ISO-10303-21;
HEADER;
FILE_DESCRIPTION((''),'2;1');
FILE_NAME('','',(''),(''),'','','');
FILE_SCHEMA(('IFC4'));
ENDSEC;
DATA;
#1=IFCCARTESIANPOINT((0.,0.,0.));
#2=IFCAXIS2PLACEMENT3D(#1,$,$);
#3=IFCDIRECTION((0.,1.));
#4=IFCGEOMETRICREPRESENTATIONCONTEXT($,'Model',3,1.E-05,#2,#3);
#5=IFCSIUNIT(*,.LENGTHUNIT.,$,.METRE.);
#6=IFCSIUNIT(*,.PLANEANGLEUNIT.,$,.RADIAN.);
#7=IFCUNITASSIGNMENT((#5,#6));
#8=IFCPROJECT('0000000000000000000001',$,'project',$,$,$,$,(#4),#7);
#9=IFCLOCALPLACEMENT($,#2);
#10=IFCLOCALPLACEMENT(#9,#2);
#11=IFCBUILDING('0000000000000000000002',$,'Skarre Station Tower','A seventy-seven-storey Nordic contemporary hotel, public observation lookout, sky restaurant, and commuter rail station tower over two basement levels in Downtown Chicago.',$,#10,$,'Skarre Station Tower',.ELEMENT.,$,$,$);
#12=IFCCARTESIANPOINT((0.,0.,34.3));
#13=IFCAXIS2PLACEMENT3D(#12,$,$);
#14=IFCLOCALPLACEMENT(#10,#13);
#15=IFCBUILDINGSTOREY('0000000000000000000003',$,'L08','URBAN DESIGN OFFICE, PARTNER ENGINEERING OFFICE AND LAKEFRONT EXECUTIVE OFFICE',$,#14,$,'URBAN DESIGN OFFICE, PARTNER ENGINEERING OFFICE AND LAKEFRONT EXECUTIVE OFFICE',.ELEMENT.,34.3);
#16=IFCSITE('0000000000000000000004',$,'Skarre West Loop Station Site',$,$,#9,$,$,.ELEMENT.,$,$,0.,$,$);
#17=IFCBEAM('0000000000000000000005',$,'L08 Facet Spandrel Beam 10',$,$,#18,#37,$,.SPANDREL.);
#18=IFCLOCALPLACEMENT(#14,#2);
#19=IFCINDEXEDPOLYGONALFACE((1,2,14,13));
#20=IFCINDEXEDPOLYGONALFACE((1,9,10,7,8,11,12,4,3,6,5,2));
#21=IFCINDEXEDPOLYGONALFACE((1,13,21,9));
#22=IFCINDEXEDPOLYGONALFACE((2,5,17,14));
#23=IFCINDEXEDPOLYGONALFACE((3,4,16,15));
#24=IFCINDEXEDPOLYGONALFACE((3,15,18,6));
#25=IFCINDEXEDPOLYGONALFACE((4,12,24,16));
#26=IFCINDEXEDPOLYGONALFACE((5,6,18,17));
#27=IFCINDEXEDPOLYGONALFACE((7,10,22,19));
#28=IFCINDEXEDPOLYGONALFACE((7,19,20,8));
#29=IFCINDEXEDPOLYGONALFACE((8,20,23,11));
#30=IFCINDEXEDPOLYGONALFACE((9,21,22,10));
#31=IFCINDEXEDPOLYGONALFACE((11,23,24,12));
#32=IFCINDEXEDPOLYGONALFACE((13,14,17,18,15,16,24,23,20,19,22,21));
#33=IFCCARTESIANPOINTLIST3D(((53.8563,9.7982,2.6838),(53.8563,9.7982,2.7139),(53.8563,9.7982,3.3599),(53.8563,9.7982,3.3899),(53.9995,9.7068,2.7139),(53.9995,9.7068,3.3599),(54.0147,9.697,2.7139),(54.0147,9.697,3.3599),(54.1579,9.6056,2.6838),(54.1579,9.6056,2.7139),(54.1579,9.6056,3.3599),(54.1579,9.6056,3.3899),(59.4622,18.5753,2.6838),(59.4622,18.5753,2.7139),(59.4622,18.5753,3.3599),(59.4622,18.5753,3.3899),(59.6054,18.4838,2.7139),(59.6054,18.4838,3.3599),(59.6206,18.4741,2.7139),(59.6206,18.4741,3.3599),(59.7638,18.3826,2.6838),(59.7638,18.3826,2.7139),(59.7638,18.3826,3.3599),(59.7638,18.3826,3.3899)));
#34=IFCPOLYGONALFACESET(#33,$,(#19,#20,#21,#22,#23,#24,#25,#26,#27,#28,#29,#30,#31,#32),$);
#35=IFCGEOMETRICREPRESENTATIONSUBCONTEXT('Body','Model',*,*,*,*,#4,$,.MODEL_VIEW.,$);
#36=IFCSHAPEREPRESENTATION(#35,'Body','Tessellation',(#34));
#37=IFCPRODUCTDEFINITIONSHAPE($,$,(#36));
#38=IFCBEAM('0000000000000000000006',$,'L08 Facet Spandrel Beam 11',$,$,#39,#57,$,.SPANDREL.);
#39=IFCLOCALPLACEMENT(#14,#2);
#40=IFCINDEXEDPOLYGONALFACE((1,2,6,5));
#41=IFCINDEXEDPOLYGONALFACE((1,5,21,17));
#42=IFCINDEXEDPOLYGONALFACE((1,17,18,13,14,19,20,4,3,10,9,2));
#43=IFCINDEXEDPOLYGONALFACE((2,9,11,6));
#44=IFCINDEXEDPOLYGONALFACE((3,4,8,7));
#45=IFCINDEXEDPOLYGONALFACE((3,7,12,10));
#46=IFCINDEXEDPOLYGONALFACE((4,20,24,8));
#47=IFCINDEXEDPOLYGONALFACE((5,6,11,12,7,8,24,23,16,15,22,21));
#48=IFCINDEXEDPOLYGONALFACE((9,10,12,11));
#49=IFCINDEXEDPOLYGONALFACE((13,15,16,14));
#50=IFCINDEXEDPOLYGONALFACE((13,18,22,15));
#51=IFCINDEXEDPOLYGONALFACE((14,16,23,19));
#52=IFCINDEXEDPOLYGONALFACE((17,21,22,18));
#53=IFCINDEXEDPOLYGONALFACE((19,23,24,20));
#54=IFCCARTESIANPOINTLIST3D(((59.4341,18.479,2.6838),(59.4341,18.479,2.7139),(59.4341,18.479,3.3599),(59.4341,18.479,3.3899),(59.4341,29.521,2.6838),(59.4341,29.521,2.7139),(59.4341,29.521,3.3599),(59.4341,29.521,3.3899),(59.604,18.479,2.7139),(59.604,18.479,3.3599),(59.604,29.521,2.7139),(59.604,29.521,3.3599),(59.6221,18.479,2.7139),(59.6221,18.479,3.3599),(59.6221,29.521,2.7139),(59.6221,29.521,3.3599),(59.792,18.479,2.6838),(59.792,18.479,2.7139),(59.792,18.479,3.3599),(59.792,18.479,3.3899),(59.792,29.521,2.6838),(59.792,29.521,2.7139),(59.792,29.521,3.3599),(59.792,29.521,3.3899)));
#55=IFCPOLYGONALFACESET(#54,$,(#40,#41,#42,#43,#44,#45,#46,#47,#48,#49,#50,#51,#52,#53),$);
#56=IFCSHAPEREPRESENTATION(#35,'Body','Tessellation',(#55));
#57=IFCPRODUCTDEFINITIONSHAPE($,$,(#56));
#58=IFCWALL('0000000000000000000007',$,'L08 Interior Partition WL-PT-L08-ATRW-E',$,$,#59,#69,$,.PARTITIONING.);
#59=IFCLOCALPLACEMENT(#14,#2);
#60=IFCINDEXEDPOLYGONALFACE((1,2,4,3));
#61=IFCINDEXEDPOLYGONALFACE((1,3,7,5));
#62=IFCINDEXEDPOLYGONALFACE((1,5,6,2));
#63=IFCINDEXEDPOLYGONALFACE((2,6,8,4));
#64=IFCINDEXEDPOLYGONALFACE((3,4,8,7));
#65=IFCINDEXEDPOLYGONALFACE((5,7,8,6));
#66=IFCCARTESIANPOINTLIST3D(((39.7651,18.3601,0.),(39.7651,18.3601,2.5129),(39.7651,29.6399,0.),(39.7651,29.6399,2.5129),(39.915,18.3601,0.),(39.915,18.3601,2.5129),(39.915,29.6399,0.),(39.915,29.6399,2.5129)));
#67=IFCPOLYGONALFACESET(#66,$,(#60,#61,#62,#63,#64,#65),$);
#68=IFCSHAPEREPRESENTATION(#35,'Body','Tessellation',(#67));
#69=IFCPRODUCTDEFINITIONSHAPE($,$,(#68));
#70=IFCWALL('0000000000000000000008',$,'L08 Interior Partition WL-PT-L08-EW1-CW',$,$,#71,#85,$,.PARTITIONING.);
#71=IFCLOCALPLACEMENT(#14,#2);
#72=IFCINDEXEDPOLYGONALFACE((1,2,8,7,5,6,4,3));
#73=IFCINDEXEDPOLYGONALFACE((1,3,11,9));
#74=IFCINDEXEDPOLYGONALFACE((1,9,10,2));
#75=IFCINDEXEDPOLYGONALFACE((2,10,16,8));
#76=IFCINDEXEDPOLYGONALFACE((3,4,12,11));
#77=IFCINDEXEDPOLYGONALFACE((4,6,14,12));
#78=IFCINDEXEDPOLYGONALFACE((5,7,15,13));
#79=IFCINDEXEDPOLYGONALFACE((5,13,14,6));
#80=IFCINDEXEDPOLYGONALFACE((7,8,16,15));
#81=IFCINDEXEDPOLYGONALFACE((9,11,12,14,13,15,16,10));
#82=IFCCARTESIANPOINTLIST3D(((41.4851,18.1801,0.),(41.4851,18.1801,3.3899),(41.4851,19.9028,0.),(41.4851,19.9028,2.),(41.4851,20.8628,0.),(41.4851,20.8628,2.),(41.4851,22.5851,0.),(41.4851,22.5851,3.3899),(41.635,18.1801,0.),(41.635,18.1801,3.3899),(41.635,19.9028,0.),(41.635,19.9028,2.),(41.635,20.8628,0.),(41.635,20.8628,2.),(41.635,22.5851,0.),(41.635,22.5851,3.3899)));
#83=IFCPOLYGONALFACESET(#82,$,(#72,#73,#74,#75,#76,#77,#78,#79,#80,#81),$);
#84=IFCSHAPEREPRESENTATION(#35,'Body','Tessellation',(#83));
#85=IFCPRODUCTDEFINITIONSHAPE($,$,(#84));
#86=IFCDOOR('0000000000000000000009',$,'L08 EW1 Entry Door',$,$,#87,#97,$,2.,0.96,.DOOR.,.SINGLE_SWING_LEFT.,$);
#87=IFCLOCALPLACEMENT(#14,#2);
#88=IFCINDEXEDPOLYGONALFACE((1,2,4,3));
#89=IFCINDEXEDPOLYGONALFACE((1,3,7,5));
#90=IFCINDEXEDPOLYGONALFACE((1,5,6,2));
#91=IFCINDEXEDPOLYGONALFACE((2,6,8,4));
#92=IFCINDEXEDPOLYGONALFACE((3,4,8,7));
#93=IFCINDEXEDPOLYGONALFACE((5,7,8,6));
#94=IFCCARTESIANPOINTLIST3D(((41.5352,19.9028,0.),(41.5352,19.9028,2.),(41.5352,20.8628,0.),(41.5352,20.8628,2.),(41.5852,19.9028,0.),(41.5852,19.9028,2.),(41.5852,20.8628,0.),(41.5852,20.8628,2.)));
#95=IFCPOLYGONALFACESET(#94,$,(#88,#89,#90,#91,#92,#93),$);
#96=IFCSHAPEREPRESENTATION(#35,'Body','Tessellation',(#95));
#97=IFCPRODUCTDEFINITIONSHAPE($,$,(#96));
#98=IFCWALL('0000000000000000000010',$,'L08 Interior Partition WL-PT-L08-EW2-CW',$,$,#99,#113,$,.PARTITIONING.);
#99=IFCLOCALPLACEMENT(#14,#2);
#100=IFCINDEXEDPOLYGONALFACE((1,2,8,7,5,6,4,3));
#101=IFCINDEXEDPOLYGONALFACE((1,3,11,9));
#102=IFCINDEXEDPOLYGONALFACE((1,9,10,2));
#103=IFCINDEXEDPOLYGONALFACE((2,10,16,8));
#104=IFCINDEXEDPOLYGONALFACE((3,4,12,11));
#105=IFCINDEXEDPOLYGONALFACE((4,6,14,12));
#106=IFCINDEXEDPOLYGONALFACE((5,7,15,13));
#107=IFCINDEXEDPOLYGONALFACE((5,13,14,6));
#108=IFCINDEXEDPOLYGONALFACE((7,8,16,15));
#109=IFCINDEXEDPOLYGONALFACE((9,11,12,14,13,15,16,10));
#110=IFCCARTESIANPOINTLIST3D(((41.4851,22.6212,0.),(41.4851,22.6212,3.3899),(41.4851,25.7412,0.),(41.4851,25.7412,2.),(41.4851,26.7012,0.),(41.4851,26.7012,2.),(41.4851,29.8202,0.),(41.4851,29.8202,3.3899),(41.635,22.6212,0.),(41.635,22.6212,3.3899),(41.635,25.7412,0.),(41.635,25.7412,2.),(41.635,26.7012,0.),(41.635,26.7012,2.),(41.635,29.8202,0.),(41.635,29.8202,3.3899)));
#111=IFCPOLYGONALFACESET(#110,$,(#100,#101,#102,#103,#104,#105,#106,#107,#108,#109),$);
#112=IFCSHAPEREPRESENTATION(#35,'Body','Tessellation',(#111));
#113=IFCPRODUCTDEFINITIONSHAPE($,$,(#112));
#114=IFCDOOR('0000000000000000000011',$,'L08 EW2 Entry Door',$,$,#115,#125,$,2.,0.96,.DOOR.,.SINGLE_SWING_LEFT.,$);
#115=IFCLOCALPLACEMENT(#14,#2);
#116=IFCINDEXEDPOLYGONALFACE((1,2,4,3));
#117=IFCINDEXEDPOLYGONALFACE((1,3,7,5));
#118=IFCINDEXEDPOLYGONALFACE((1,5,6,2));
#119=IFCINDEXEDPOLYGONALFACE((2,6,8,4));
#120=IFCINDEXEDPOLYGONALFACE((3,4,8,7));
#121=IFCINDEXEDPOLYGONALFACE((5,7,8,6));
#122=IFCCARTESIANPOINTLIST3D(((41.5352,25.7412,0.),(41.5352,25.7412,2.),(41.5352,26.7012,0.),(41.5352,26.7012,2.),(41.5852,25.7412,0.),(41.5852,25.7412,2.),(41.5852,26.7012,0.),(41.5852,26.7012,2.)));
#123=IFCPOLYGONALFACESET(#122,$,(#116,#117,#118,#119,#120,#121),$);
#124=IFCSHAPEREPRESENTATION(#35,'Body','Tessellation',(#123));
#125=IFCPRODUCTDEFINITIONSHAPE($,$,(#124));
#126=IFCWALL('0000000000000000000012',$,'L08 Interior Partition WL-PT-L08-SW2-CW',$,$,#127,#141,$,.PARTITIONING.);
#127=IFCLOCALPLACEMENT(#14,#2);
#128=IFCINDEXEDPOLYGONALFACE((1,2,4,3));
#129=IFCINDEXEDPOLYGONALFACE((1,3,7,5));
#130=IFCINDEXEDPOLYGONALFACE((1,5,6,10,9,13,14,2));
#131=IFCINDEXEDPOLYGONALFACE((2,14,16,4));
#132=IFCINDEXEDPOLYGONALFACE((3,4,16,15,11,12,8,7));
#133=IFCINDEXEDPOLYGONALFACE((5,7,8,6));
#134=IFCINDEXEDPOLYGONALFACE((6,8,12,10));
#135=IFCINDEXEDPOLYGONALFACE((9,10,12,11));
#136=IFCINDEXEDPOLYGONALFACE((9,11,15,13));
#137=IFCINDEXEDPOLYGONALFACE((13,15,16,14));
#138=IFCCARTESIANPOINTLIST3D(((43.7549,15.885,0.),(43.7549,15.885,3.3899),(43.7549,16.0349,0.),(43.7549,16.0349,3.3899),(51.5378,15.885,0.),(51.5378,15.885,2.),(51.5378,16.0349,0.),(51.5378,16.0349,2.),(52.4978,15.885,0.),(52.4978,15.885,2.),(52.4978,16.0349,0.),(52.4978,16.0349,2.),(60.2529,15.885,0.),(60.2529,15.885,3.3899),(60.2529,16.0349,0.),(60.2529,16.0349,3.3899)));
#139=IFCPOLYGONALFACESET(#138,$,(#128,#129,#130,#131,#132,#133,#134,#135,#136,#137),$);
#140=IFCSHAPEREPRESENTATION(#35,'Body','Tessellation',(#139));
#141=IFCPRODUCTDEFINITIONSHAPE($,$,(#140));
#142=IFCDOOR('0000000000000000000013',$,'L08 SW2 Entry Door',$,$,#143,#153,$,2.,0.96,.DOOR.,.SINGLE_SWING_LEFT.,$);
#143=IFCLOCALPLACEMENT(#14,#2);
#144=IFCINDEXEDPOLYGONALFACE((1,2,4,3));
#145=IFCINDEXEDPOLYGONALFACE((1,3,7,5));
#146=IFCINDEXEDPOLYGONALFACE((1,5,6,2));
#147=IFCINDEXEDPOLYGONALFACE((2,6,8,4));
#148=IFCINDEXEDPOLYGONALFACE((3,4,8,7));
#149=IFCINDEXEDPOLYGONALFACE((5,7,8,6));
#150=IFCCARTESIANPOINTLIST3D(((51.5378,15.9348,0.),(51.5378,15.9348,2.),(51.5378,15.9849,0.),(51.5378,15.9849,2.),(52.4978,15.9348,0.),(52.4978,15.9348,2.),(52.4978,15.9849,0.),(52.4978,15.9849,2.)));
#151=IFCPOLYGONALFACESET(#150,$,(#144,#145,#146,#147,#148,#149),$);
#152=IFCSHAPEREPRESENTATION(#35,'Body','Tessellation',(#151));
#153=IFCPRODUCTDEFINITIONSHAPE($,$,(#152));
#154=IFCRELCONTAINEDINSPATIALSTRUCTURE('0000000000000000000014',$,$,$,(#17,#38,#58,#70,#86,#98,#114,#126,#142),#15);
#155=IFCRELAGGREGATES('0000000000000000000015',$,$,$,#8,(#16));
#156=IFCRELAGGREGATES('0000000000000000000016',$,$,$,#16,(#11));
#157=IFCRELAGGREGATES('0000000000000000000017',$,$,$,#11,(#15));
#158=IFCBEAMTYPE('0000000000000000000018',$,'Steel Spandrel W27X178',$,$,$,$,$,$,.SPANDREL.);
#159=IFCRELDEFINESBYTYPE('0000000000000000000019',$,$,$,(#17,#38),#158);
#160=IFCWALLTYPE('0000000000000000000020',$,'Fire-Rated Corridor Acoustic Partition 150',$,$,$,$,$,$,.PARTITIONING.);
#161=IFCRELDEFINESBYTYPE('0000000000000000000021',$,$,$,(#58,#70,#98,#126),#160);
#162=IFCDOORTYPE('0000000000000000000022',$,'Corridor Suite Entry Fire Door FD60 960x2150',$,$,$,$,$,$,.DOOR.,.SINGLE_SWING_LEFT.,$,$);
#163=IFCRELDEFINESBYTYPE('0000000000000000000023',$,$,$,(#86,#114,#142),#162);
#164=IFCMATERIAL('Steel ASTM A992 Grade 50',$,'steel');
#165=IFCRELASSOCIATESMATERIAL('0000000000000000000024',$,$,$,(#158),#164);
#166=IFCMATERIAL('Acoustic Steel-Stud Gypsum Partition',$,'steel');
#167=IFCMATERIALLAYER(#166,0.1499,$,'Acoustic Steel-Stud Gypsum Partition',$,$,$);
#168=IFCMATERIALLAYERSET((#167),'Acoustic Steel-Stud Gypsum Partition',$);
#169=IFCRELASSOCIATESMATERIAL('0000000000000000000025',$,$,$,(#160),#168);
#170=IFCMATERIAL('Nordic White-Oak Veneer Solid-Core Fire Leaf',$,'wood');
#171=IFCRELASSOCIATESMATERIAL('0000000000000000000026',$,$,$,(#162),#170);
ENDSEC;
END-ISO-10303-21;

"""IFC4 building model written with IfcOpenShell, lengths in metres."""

from ifc_helpers import new_model, si_unit, direction, frame, frame_2d, origin, origin_2d, place, context, subcontext, project, spatial, rectangle, i_section, extrude, material, layer, layer_set, material_profile, profile_set, type_object, element, fill, save


model = new_model("IFC4")

# Units and contexts
model_context = context("Model", 3, precision=1e-05, world=origin(), true_north=direction((0.0, 1.0)))
body_context = subcontext(model_context, "Body", "Model", "MODEL_VIEW")
ifc_project = project(units=[si_unit("LENGTHUNIT", "METRE"), si_unit("PLANEANGLEUNIT", "RADIAN")], contexts=[model_context])

# Site, building, storey
site_placement = place(None, origin())
site = spatial("IfcSite", under=ifc_project, at=site_placement, Name="Skarre West Loop Station Site", CompositionType="ELEMENT", RefElevation=0.0)
building_placement = place(site_placement, origin())
building = spatial("IfcBuilding", under=site, at=building_placement, Name="Skarre Station Tower", Description="A seventy-seven-storey Nordic contemporary hotel, public observation lookout, sky restaurant, and commuter rail station tower over two basement levels in Downtown Chicago.", LongName="Skarre Station Tower", CompositionType="ELEMENT")
storey_placement = place(building_placement, frame((0.0, 0.0, 34.3)))
storey = spatial("IfcBuildingStorey", under=building, at=storey_placement, Name="L08", Description="URBAN DESIGN OFFICE, PARTNER ENGINEERING OFFICE AND LAKEFRONT EXECUTIVE OFFICE", LongName="URBAN DESIGN OFFICE, PARTNER ENGINEERING OFFICE AND LAKEFRONT EXECUTIVE OFFICE", CompositionType="ELEMENT", Elevation=34.3)

# Beams
ifc_material_1 = material(Name="Steel ASTM A992 Grade 50", Category="steel")
ifc_material_profile_1 = material_profile(ifc_material_1, i_section(OverallWidth=0.3579, OverallDepth=0.7061, WebThickness=0.0181, FlangeThickness=0.03, at=origin_2d()), Name="Steel ASTM A992 Grade 50")
ifc_profile_set_1 = profile_set([ifc_material_profile_1], Name="Steel ASTM A992 Grade 50")
beam_type_1 = type_object("IfcBeamType", Name="Steel Spandrel W27X178", PredefinedType="SPANDREL", material=ifc_profile_set_1)
beam_1_placement = place(storey_placement, frame((54.0071, 9.7019, 3.0369), z_axis=(0.538278, 0.842767, 0.0), x_axis=(-0.842767, 0.538278, 0.0)))
element("IfcBeam", 1, at=beam_1_placement, inside=storey, type_object=beam_type_1, Name="L08 Facet Spandrel Beam 10", PredefinedType="SPANDREL", context=body_context, shape_type="SweptSolid", body=[
    extrude(i_section(OverallWidth=0.3579, OverallDepth=0.7061, WebThickness=0.0181, FlangeThickness=0.03, at=origin_2d()), origin(), (0.0, 0.0, 1.0), 10.4146),
])
beam_2_placement = place(storey_placement, frame((59.613, 18.479, 3.0369), z_axis=(0.0, 1.0, 0.0), x_axis=(-1.0, 0.0, 0.0)))
element("IfcBeam", 2, at=beam_2_placement, inside=storey, type_object=beam_type_1, Name="L08 Facet Spandrel Beam 11", PredefinedType="SPANDREL", context=body_context, shape_type="SweptSolid", body=[
    extrude(i_section(OverallWidth=0.3579, OverallDepth=0.7061, WebThickness=0.0181, FlangeThickness=0.03, at=origin_2d()), origin(), (0.0, 0.0, 1.0), 11.042),
])

# Wall
ifc_material_2 = material(Name="Acoustic Steel-Stud Gypsum Partition", Category="steel")
ifc_layer_1 = layer(ifc_material_2, 0.1499, Name="Acoustic Steel-Stud Gypsum Partition")
ifc_layer_set_1 = layer_set([ifc_layer_1], Name="Acoustic Steel-Stud Gypsum Partition")
wall_type_1 = type_object("IfcWallType", Name="Fire-Rated Corridor Acoustic Partition 150", PredefinedType="PARTITIONING", material=ifc_layer_set_1)
wall_1_placement = place(storey_placement, frame((39.8401, 18.3601, 0.0), z_axis=(0.0, 0.0, 1.0), x_axis=(0.0, 1.0, 0.0)))
element("IfcWall", 3, at=wall_1_placement, inside=storey, type_object=wall_type_1, Name="L08 Interior Partition WL-PT-L08-ATRW-E", PredefinedType="PARTITIONING", context=body_context, shape_type="SweptSolid", body=[
    extrude(rectangle(XDim=11.2798, YDim=0.1499, at=frame_2d((5.6399, 0.0))), origin(), (0.0, 0.0, 1.0), 2.5129),
])

# Walls, openings, doors
wall_2_placement = place(storey_placement, frame((41.5601, 18.1799, 0.0), z_axis=(0.0, 0.0, 1.0), x_axis=(0.0, 1.0, 0.0)))
wall_2 = element("IfcWall", 4, at=wall_2_placement, inside=storey, type_object=wall_type_1, Name="L08 Interior Partition WL-PT-L08-EW1-CW", PredefinedType="PARTITIONING", context=body_context, shape_type="SweptSolid", body=[
    extrude(rectangle(XDim=4.405, YDim=0.1499, at=frame_2d((2.2026, 0.0))), origin(), (0.0, 0.0, 1.0), 3.3899),
])
opening_1_placement = place(wall_2_placement, frame((1.7229, 0.0, 0.0)))
opening_1 = element("IfcOpeningElement", 5, at=opening_1_placement, cuts=wall_2, PredefinedType="OPENING", context=body_context, shape_type="SweptSolid", body=[
    extrude(rectangle(XDim=0.96, YDim=2.0, at=frame_2d((0.48, 1.0))), frame((0.0, 0.085, 0.0), z_axis=(0.0, -1.0, 0.0), x_axis=(1.0, 0.0, 0.0)), (0.0, 0.0, 1.0), 0.1699),
])
ifc_material_3 = material(Name="Nordic White-Oak Veneer Solid-Core Fire Leaf", Category="wood")
door_type = type_object("IfcDoorType", Name="Corridor Suite Entry Fire Door FD60 960x2150", OperationType="SINGLE_SWING_LEFT", PredefinedType="DOOR", material=ifc_material_3)
door_1_placement = place(opening_1_placement, origin())
door_1 = element("IfcDoor", 6, at=door_1_placement, inside=storey, type_object=door_type, Name="L08 EW1 Entry Door", OperationType="SINGLE_SWING_LEFT", OverallHeight=2.0, OverallWidth=0.96, PredefinedType="DOOR", context=body_context, shape_type="SweptSolid", body=[
    extrude(rectangle(XDim=0.96, YDim=2.0, at=frame_2d((0.48, 1.0))), frame((0.0, 0.0249, 0.0), z_axis=(0.0, -1.0, 0.0), x_axis=(1.0, 0.0, 0.0)), (0.0, 0.0, 1.0), 0.05),
])
fill(opening_1, door_1)
wall_3_placement = place(storey_placement, frame((41.5601, 22.6211, 0.0), z_axis=(0.0, 0.0, 1.0), x_axis=(0.0, 1.0, 0.0)))
wall_3 = element("IfcWall", 7, at=wall_3_placement, inside=storey, type_object=wall_type_1, Name="L08 Interior Partition WL-PT-L08-EW2-CW", PredefinedType="PARTITIONING", context=body_context, shape_type="SweptSolid", body=[
    extrude(rectangle(XDim=7.199, YDim=0.1499, at=frame_2d((3.5996, 0.0))), origin(), (0.0, 0.0, 1.0), 3.3899),
])
opening_2_placement = place(wall_3_placement, frame((3.1201, 0.0, 0.0)))
opening_2 = element("IfcOpeningElement", 8, at=opening_2_placement, cuts=wall_3, PredefinedType="OPENING", context=body_context, shape_type="SweptSolid", body=[
    extrude(rectangle(XDim=0.96, YDim=2.0, at=frame_2d((0.48, 1.0))), frame((0.0, 0.085, 0.0), z_axis=(0.0, -1.0, 0.0), x_axis=(1.0, 0.0, 0.0)), (0.0, 0.0, 1.0), 0.1699),
])
door_2_placement = place(opening_2_placement, origin())
door_2 = element("IfcDoor", 9, at=door_2_placement, inside=storey, type_object=door_type, Name="L08 EW2 Entry Door", OperationType="SINGLE_SWING_LEFT", OverallHeight=2.0, OverallWidth=0.96, PredefinedType="DOOR", context=body_context, shape_type="SweptSolid", body=[
    extrude(rectangle(XDim=0.96, YDim=2.0, at=frame_2d((0.48, 1.0))), frame((0.0, 0.0249, 0.0), z_axis=(0.0, -1.0, 0.0), x_axis=(1.0, 0.0, 0.0)), (0.0, 0.0, 1.0), 0.05),
])
fill(opening_2, door_2)
wall_4_placement = place(storey_placement, frame((43.7549, 15.96, 0.0), z_axis=(0.0, 0.0, 1.0), x_axis=(1.0, 0.0, 0.0)))
wall_4 = element("IfcWall", 10, at=wall_4_placement, inside=storey, type_object=wall_type_1, Name="L08 Interior Partition WL-PT-L08-SW2-CW", PredefinedType="PARTITIONING", context=body_context, shape_type="SweptSolid", body=[
    extrude(rectangle(XDim=16.498, YDim=0.1499, at=frame_2d((8.249, 0.0))), origin(), (0.0, 0.0, 1.0), 3.3899),
])
opening_3_placement = place(wall_4_placement, frame((7.783, 0.0, 0.0)))
opening_3 = element("IfcOpeningElement", 11, at=opening_3_placement, cuts=wall_4, PredefinedType="OPENING", context=body_context, shape_type="SweptSolid", body=[
    extrude(rectangle(XDim=0.96, YDim=2.0, at=frame_2d((0.48, 1.0))), frame((0.0, 0.085, 0.0), z_axis=(0.0, -1.0, 0.0), x_axis=(1.0, 0.0, 0.0)), (0.0, 0.0, 1.0), 0.1699),
])
door_3_placement = place(opening_3_placement, origin())
door_3 = element("IfcDoor", 12, at=door_3_placement, inside=storey, type_object=door_type, Name="L08 SW2 Entry Door", OperationType="SINGLE_SWING_LEFT", OverallHeight=2.0, OverallWidth=0.96, PredefinedType="DOOR", context=body_context, shape_type="SweptSolid", body=[
    extrude(rectangle(XDim=0.96, YDim=2.0, at=frame_2d((0.48, 1.0))), frame((0.0, 0.0249, 0.0), z_axis=(0.0, -1.0, 0.0), x_axis=(1.0, 0.0, 0.0)), (0.0, 0.0, 1.0), 0.05),
])
fill(opening_3, door_3)

save(model, "model.ifc")
